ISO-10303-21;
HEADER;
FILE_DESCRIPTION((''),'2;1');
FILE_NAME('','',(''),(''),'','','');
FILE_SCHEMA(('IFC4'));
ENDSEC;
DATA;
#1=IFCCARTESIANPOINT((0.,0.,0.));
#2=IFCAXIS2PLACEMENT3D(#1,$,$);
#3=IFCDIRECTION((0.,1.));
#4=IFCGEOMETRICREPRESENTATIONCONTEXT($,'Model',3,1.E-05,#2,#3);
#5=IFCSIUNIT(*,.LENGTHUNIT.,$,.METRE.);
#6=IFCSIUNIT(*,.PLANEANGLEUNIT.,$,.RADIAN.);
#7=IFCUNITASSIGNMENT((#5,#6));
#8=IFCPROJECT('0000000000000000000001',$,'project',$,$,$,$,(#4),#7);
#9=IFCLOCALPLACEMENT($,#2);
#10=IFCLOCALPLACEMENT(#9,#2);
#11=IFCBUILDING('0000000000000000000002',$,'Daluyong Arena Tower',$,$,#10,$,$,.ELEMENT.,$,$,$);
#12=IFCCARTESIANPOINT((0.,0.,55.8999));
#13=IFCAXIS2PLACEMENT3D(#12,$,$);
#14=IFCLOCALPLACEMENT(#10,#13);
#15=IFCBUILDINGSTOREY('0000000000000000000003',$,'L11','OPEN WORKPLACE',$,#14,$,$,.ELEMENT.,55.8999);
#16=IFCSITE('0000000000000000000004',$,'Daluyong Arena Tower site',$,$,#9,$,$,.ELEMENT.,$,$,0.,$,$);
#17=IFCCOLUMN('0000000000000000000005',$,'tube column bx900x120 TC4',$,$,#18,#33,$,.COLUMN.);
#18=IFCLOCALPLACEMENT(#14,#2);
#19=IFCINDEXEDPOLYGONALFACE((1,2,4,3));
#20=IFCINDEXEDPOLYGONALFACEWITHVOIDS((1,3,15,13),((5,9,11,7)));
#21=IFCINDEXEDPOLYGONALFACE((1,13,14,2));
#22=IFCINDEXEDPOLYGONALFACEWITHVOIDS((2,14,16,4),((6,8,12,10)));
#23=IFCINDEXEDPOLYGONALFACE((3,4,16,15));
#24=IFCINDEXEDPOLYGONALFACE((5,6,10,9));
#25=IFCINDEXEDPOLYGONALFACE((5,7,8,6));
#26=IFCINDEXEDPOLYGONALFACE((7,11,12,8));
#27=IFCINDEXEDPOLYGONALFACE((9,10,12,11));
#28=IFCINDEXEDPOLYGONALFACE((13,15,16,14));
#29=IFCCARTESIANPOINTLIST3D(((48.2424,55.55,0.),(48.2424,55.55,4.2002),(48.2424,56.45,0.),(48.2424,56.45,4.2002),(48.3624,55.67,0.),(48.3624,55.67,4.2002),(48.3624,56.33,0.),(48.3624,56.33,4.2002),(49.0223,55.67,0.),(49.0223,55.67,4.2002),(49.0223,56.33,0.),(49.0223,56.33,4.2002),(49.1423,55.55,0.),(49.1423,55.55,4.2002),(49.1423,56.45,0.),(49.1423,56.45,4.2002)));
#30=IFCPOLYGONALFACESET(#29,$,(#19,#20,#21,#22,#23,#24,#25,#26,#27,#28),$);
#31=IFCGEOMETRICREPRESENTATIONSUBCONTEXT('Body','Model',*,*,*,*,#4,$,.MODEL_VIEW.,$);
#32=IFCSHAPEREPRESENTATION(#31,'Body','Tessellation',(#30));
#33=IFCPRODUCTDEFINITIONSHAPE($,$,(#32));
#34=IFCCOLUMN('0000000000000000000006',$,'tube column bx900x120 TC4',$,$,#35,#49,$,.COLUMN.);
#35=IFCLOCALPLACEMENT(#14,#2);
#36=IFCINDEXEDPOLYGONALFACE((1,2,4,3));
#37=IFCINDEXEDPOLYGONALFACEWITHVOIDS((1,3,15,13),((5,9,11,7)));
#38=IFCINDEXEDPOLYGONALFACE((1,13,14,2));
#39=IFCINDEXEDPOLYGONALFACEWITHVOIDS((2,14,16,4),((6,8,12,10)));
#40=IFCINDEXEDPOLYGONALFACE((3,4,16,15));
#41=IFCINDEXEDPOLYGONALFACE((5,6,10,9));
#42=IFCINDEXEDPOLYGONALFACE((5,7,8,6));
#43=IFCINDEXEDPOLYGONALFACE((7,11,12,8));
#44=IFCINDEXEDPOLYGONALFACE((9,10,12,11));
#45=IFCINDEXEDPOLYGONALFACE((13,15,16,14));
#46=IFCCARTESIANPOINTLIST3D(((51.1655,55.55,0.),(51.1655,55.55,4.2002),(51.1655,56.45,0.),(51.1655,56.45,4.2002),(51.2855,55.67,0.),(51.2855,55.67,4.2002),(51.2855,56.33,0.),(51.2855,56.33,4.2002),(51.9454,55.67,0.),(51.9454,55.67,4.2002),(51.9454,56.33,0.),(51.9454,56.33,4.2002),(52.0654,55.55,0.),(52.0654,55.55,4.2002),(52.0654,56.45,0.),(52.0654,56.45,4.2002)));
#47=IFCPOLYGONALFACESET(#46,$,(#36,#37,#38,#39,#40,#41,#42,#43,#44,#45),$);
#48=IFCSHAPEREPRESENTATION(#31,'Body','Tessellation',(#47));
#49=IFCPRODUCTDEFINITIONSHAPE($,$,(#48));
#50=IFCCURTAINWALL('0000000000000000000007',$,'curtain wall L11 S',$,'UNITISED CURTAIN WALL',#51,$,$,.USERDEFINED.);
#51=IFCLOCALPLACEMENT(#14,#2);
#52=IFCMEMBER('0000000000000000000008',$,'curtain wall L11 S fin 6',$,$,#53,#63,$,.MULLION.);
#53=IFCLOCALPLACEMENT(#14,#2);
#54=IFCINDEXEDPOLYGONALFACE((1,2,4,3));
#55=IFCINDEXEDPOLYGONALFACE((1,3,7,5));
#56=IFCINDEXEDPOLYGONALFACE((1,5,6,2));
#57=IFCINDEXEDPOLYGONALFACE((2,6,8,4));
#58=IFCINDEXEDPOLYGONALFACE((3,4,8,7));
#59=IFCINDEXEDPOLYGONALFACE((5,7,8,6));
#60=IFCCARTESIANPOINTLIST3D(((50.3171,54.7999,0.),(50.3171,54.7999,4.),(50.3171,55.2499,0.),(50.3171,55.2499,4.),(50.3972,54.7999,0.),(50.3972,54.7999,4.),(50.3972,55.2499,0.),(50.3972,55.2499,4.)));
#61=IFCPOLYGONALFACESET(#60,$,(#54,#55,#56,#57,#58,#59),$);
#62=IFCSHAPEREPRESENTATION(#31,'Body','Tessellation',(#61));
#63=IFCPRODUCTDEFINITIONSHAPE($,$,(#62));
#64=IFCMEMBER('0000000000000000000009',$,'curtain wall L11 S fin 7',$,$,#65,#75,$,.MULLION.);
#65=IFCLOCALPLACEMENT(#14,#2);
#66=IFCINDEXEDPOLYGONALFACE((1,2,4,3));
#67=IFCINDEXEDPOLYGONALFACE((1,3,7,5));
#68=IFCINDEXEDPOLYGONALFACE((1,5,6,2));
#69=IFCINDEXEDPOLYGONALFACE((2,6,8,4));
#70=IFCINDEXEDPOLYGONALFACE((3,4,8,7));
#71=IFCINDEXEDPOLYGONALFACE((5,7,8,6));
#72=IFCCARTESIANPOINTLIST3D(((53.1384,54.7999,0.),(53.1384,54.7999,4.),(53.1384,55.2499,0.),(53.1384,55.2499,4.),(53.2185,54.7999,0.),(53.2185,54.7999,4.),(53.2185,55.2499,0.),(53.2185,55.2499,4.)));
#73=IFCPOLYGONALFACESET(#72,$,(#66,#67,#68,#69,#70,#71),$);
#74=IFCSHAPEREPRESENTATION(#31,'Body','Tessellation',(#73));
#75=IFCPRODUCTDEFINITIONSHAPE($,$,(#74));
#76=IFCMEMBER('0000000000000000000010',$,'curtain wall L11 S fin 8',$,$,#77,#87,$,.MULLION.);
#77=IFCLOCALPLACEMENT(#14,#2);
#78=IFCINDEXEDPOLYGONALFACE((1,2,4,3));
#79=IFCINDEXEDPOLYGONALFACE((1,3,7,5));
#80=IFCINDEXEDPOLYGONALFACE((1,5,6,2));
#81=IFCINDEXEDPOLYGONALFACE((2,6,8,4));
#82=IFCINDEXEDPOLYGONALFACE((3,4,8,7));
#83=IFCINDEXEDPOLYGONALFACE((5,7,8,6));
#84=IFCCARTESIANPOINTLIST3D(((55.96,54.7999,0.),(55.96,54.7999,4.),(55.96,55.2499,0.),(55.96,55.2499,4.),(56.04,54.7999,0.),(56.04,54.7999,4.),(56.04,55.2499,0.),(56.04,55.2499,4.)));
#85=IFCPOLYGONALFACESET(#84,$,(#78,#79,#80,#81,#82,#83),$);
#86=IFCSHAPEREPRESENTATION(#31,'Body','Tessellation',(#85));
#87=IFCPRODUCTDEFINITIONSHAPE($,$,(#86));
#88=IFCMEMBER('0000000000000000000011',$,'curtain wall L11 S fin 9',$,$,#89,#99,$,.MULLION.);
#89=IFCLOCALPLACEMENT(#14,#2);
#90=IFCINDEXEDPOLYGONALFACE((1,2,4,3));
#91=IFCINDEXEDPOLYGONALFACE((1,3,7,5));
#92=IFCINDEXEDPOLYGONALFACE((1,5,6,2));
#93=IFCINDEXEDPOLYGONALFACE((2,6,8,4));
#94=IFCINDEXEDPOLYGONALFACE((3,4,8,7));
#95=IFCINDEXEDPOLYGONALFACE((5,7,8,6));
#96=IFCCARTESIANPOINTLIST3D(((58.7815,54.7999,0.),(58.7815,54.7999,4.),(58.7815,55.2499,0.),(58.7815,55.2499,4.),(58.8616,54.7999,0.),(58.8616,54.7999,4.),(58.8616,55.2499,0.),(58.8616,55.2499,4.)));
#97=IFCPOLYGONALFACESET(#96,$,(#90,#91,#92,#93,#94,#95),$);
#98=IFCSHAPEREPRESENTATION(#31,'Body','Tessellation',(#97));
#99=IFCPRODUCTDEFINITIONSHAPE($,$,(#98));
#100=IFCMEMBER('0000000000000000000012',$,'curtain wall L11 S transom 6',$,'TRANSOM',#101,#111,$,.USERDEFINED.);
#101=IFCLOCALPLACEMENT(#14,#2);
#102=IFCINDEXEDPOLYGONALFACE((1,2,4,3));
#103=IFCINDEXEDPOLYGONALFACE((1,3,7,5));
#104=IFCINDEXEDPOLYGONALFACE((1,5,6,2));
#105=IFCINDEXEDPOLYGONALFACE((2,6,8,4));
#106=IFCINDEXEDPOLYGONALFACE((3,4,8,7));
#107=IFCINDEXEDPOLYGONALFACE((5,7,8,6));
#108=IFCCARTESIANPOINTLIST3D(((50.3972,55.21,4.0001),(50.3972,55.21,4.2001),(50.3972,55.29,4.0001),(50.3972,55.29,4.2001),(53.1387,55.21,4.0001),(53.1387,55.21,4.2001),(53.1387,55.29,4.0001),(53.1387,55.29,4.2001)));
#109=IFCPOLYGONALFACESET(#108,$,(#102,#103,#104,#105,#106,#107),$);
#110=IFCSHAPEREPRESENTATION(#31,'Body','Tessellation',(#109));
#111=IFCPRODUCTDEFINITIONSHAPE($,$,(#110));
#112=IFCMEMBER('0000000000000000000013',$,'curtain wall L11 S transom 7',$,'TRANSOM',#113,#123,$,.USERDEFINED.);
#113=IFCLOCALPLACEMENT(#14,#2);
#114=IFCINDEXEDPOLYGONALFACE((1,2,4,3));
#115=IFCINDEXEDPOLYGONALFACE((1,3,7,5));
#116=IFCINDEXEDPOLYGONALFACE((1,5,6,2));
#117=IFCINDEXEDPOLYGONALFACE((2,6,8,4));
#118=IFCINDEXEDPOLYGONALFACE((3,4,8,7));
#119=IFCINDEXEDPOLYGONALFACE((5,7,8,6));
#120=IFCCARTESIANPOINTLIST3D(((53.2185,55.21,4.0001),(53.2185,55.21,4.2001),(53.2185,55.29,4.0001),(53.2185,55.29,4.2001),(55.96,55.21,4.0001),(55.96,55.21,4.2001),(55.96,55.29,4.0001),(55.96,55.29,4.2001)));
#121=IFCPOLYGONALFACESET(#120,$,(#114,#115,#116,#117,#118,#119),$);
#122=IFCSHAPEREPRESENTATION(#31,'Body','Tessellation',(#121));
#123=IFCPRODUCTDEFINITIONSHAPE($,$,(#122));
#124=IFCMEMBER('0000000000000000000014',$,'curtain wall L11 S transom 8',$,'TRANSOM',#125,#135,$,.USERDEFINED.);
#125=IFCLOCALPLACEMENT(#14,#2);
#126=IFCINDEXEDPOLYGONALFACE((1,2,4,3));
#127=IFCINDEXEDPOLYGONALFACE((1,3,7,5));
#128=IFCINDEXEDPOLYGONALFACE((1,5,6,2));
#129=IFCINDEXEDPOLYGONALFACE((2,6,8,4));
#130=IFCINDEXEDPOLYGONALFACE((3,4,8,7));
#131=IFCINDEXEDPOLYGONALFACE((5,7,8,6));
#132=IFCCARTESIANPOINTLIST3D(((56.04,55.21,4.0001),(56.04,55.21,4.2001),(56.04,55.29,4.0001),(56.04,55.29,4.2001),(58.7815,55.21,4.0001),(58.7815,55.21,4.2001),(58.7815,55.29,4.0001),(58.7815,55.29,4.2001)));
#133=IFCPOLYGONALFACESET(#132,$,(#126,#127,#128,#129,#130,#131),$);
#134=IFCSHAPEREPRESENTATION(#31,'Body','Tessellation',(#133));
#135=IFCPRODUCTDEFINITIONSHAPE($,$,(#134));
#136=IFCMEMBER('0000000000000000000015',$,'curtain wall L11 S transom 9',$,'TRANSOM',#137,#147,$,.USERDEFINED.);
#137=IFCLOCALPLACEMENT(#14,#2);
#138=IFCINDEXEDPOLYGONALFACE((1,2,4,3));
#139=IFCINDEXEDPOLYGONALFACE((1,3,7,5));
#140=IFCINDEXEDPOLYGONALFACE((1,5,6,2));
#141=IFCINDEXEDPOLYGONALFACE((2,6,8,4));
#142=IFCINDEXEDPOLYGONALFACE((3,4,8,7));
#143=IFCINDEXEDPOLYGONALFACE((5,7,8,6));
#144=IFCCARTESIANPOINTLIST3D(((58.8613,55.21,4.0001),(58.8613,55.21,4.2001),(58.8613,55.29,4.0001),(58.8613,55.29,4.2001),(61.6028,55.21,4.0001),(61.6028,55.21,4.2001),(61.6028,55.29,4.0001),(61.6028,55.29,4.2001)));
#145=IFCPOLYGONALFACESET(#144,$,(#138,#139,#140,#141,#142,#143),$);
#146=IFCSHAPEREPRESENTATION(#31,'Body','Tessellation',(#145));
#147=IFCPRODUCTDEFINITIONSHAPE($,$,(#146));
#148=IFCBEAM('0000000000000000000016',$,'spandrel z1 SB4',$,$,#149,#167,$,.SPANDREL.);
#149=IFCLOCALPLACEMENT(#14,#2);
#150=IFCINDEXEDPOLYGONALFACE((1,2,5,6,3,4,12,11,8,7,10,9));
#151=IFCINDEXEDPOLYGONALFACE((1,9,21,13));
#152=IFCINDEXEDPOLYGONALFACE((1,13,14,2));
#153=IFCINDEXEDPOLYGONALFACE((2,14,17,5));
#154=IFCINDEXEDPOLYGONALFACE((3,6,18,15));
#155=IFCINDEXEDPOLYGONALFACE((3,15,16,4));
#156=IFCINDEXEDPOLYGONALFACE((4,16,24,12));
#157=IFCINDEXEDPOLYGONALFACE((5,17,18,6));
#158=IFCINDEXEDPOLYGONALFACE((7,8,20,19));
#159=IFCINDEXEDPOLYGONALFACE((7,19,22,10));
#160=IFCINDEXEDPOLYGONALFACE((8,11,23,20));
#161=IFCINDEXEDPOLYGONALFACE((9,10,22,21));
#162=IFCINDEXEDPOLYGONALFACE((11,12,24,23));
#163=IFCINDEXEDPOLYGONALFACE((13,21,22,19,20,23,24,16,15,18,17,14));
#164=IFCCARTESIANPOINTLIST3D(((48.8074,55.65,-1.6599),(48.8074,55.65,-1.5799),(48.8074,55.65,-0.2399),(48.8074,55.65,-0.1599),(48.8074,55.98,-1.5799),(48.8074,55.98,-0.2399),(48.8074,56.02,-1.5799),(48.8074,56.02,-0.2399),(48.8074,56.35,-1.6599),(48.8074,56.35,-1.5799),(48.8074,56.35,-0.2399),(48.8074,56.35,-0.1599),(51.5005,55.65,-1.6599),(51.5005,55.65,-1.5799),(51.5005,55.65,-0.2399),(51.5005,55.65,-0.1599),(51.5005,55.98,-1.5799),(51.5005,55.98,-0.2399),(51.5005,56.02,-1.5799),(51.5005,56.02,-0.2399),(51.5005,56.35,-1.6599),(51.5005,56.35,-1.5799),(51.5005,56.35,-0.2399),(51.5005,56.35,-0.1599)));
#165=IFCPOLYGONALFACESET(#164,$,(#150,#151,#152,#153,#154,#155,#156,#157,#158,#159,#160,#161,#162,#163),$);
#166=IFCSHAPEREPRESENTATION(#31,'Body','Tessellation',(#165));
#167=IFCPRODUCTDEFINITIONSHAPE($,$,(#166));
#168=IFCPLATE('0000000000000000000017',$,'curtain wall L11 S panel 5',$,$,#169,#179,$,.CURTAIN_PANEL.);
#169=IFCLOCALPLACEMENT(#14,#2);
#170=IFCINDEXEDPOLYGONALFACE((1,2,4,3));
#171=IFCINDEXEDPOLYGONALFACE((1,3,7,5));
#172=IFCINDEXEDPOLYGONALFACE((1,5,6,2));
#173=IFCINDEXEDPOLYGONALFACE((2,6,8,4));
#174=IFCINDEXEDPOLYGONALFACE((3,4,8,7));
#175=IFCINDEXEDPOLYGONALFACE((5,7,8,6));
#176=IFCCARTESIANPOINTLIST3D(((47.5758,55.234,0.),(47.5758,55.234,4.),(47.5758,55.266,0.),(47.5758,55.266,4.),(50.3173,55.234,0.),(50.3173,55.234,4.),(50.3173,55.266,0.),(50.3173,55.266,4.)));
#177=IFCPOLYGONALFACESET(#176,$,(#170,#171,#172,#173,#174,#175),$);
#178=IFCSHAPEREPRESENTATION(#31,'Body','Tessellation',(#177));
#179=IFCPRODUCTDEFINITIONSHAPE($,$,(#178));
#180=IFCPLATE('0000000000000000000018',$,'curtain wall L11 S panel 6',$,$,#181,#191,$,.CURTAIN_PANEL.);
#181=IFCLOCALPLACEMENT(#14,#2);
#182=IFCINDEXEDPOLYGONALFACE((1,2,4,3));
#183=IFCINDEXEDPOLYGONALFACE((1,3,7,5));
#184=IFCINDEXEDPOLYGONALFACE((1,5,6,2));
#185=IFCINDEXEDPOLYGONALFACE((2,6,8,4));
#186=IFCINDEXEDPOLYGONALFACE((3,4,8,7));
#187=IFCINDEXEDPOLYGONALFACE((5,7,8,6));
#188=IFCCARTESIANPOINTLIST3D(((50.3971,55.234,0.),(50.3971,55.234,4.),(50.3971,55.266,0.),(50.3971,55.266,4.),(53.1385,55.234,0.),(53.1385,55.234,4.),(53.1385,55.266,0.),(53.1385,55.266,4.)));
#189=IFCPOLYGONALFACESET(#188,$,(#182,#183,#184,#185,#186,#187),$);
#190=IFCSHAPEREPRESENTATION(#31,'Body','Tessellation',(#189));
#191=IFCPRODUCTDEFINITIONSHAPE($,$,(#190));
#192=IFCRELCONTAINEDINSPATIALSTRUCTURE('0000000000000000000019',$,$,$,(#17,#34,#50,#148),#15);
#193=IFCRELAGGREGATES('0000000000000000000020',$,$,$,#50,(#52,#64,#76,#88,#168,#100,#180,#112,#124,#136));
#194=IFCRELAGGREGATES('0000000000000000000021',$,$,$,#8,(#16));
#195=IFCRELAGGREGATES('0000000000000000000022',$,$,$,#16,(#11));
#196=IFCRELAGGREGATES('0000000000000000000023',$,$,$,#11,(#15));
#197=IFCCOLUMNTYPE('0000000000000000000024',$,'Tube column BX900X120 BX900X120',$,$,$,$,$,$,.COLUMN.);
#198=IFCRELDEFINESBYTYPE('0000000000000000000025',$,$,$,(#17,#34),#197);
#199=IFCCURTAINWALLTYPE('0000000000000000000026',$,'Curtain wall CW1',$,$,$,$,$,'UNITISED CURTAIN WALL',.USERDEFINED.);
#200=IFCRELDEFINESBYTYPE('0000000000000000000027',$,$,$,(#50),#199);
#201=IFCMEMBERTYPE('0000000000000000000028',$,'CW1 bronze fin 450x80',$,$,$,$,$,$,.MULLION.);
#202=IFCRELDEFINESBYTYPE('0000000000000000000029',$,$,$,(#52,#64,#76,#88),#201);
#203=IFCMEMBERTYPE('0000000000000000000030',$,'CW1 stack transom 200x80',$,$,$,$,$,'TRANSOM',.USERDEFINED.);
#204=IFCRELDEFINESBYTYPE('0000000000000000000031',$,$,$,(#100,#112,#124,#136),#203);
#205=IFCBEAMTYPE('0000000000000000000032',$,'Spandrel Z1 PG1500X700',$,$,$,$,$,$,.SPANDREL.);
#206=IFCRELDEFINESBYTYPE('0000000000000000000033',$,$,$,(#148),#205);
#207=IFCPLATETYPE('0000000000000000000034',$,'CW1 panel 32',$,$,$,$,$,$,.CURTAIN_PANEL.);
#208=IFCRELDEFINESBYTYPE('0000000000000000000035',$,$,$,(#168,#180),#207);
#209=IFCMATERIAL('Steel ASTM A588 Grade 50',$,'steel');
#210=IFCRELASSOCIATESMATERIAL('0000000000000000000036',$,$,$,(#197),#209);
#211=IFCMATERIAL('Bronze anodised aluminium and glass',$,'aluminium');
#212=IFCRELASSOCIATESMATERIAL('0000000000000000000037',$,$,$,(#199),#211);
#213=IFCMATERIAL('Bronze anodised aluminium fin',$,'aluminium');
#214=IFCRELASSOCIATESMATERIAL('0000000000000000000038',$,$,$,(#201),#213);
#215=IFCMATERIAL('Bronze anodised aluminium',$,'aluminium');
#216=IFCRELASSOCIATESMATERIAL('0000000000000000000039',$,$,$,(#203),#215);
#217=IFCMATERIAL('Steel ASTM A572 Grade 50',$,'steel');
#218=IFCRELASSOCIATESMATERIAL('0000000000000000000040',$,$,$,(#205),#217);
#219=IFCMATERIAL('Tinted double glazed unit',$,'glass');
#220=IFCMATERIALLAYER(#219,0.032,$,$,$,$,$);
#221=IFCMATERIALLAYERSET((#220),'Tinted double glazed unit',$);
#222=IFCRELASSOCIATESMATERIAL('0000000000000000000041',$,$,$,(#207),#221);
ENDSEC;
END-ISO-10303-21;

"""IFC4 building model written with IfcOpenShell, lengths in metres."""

from ifc_helpers import new_model, si_unit, direction, frame, origin, origin_2d, place, context, subcontext, project, spatial, rectangle, hollow_rectangle, i_section, extrude, material, layer, layer_set, material_profile, profile_set, type_object, element, aggregate, save


model = new_model("IFC4")

# Units and contexts
model_context = context("Model", 3, precision=1e-05, world=origin(), true_north=direction((0.0, 1.0)))
body_context = subcontext(model_context, "Body", "Model", "MODEL_VIEW")
ifc_project = project(units=[si_unit("LENGTHUNIT", "METRE"), si_unit("PLANEANGLEUNIT", "RADIAN")], contexts=[model_context])

# Site, building, storey
site_placement = place(None, origin())
site = spatial("IfcSite", under=ifc_project, at=site_placement, Name="Daluyong Arena Tower site", CompositionType="ELEMENT", RefElevation=0.0)
building_placement = place(site_placement, origin())
building = spatial("IfcBuilding", under=site, at=building_placement, Name="Daluyong Arena Tower", CompositionType="ELEMENT")
storey_placement = place(building_placement, frame((0.0, 0.0, 55.8999)))
storey = spatial("IfcBuildingStorey", under=building, at=storey_placement, Name="L11", Description="OPEN WORKPLACE", CompositionType="ELEMENT", Elevation=55.8999)

# Columns
ifc_material_1 = material(Name="Steel ASTM A588 Grade 50", Category="steel")
ifc_material_profile_1 = material_profile(ifc_material_1, hollow_rectangle(XDim=0.8999, YDim=0.8999, WallThickness=0.12, at=origin_2d()))
ifc_profile_set_1 = profile_set([ifc_material_profile_1], Name="Steel ASTM A588 Grade 50")
column_type = type_object("IfcColumnType", Name="Tube column BX900X120 BX900X120", PredefinedType="COLUMN", material=ifc_profile_set_1)
for number, where, z_axis, x_axis, name in (
    (1, (48.6924, 56.0, 0.0), (0.0, 0.0, 1.0), (1.0, 0.0, 0.0), "tube column bx900x120 TC4"),
    (2, (51.6155, 56.0, 0.0), (0.0, 0.0, 1.0), (1.0, 0.0, 0.0), "tube column bx900x120 TC4"),
):
    element("IfcColumn", number, at=place(storey_placement, frame(where, z_axis=z_axis, x_axis=x_axis)), inside=storey, type_object=column_type, Name=name, PredefinedType="COLUMN", context=body_context, shape_type="SweptSolid", body=[
        extrude(hollow_rectangle(XDim=0.8999, YDim=0.8999, WallThickness=0.12, at=origin_2d()), origin(), (0.0, 0.0, 1.0), 4.2002),
    ])

# Curtain wall, members
ifc_material_2 = material(Name="Bronze anodised aluminium and glass", Category="aluminium")
curtain_wall_type = type_object("IfcCurtainWallType", Name="Curtain wall CW1", ElementType="UNITISED CURTAIN WALL", PredefinedType="USERDEFINED", material=ifc_material_2)
curtain_wall_placement = place(storey_placement, origin())
curtain_wall = element("IfcCurtainWall", 3, at=curtain_wall_placement, inside=storey, type_object=curtain_wall_type, Name="curtain wall L11 S", ObjectType="UNITISED CURTAIN WALL", PredefinedType="USERDEFINED")
ifc_material_3 = material(Name="Bronze anodised aluminium fin", Category="aluminium")
ifc_material_profile_2 = material_profile(ifc_material_3, rectangle(XDim=0.45, YDim=0.0801, at=origin_2d()))
ifc_profile_set_2 = profile_set([ifc_material_profile_2], Name="Bronze anodised aluminium fin")
member_type_1 = type_object("IfcMemberType", Name="CW1 bronze fin 450x80", PredefinedType="MULLION", material=ifc_profile_set_2)
member_1_placement = place(storey_placement, frame((50.3572, 55.0249, 0.0), z_axis=(0.0, 0.0, 1.0), x_axis=(0.0, 1.0, 0.0)))
member_1 = element("IfcMember", 4, at=member_1_placement, type_object=member_type_1, Name="curtain wall L11 S fin 6", PredefinedType="MULLION", context=body_context, shape_type="SweptSolid", body=[
    extrude(rectangle(XDim=0.45, YDim=0.0801, at=origin_2d()), origin(), (0.0, 0.0, 1.0), 4.0),
])
member_2_placement = place(storey_placement, frame((53.1785, 55.0249, 0.0), z_axis=(0.0, 0.0, 1.0), x_axis=(0.0, 1.0, 0.0)))
member_2 = element("IfcMember", 5, at=member_2_placement, type_object=member_type_1, Name="curtain wall L11 S fin 7", PredefinedType="MULLION", context=body_context, shape_type="SweptSolid", body=[
    extrude(rectangle(XDim=0.45, YDim=0.0801, at=origin_2d()), origin(), (0.0, 0.0, 1.0), 4.0),
])
member_3_placement = place(storey_placement, frame((56.0, 55.0249, 0.0), z_axis=(0.0, 0.0, 1.0), x_axis=(0.0, 1.0, 0.0)))
member_3 = element("IfcMember", 6, at=member_3_placement, type_object=member_type_1, Name="curtain wall L11 S fin 8", PredefinedType="MULLION", context=body_context, shape_type="SweptSolid", body=[
    extrude(rectangle(XDim=0.45, YDim=0.0801, at=origin_2d()), origin(), (0.0, 0.0, 1.0), 4.0),
])
member_4_placement = place(storey_placement, frame((58.8215, 55.0249, 0.0), z_axis=(0.0, 0.0, 1.0), x_axis=(0.0, 1.0, 0.0)))
member_4 = element("IfcMember", 7, at=member_4_placement, type_object=member_type_1, Name="curtain wall L11 S fin 9", PredefinedType="MULLION", context=body_context, shape_type="SweptSolid", body=[
    extrude(rectangle(XDim=0.45, YDim=0.0801, at=origin_2d()), origin(), (0.0, 0.0, 1.0), 4.0),
])
ifc_material_4 = material(Name="Bronze anodised aluminium", Category="aluminium")
ifc_material_profile_3 = material_profile(ifc_material_4, rectangle(XDim=0.0801, YDim=0.2, at=origin_2d()))
ifc_profile_set_3 = profile_set([ifc_material_profile_3], Name="Bronze anodised aluminium")
member_type_2 = type_object("IfcMemberType", Name="CW1 stack transom 200x80", ElementType="TRANSOM", PredefinedType="USERDEFINED", material=ifc_profile_set_3)
member_5_placement = place(storey_placement, frame((50.3972, 55.25, 4.1001), z_axis=(1.0, 0.0, 0.0), x_axis=(0.0, 1.0, 0.0)))
member_5 = element("IfcMember", 8, at=member_5_placement, type_object=member_type_2, Name="curtain wall L11 S transom 6", ObjectType="TRANSOM", PredefinedType="USERDEFINED", context=body_context, shape_type="SweptSolid", body=[
    extrude(rectangle(XDim=0.0801, YDim=0.2, at=origin_2d()), origin(), (0.0, 0.0, 1.0), 2.7415),
])
member_6_placement = place(storey_placement, frame((53.2185, 55.25, 4.1001), z_axis=(1.0, 0.0, 0.0), x_axis=(0.0, 1.0, 0.0)))
member_6 = element("IfcMember", 9, at=member_6_placement, type_object=member_type_2, Name="curtain wall L11 S transom 7", ObjectType="TRANSOM", PredefinedType="USERDEFINED", context=body_context, shape_type="SweptSolid", body=[
    extrude(rectangle(XDim=0.0801, YDim=0.2, at=origin_2d()), origin(), (0.0, 0.0, 1.0), 2.7415),
])
member_7_placement = place(storey_placement, frame((56.04, 55.25, 4.1001), z_axis=(1.0, 0.0, 0.0), x_axis=(0.0, 1.0, 0.0)))
member_7 = element("IfcMember", 10, at=member_7_placement, type_object=member_type_2, Name="curtain wall L11 S transom 8", ObjectType="TRANSOM", PredefinedType="USERDEFINED", context=body_context, shape_type="SweptSolid", body=[
    extrude(rectangle(XDim=0.0801, YDim=0.2, at=origin_2d()), origin(), (0.0, 0.0, 1.0), 2.7415),
])
member_8_placement = place(storey_placement, frame((58.8613, 55.25, 4.1001), z_axis=(1.0, 0.0, 0.0), x_axis=(0.0, 1.0, 0.0)))
member_8 = element("IfcMember", 11, at=member_8_placement, type_object=member_type_2, Name="curtain wall L11 S transom 9", ObjectType="TRANSOM", PredefinedType="USERDEFINED", context=body_context, shape_type="SweptSolid", body=[
    extrude(rectangle(XDim=0.0801, YDim=0.2, at=origin_2d()), origin(), (0.0, 0.0, 1.0), 2.7415),
])

# Beam
ifc_material_5 = material(Name="Steel ASTM A572 Grade 50", Category="steel")
ifc_material_profile_4 = material_profile(ifc_material_5, i_section(OverallWidth=0.7, OverallDepth=1.5, WebThickness=0.04, FlangeThickness=0.08, at=origin_2d()))
ifc_profile_set_4 = profile_set([ifc_material_profile_4], Name="Steel ASTM A572 Grade 50")
beam_type = type_object("IfcBeamType", Name="Spandrel Z1 PG1500X700", PredefinedType="SPANDREL", material=ifc_profile_set_4)
beam_placement = place(storey_placement, frame((48.8074, 56.0, -0.9099), z_axis=(1.0, 0.0, 0.0), x_axis=(0.0, 1.0, 0.0)))
element("IfcBeam", 12, at=beam_placement, inside=storey, type_object=beam_type, Name="spandrel z1 SB4", PredefinedType="SPANDREL", context=body_context, shape_type="SweptSolid", body=[
    extrude(i_section(OverallWidth=0.7, OverallDepth=1.5, WebThickness=0.04, FlangeThickness=0.08, at=origin_2d()), origin(), (0.0, 0.0, 1.0), 2.6931),
])

# Plates
ifc_material_6 = material(Name="Tinted double glazed unit", Category="glass")
ifc_layer = layer(ifc_material_6, 0.032)
ifc_layer_set = layer_set([ifc_layer], Name="Tinted double glazed unit")
plate_type = type_object("IfcPlateType", Name="CW1 panel 32", PredefinedType="CURTAIN_PANEL", material=ifc_layer_set)
plate_1_placement = place(storey_placement, frame((48.9465, 55.25, 0.0), z_axis=(0.0, 0.0, 1.0), x_axis=(1.0, 0.0, 0.0)))
plate_1 = element("IfcPlate", 13, at=plate_1_placement, type_object=plate_type, Name="curtain wall L11 S panel 5", PredefinedType="CURTAIN_PANEL", context=body_context, shape_type="SweptSolid", body=[
    extrude(rectangle(XDim=2.7415, YDim=0.032, at=origin_2d()), origin(), (0.0, 0.0, 1.0), 4.0),
])
plate_2_placement = place(storey_placement, frame((51.7678, 55.25, 0.0), z_axis=(0.0, 0.0, 1.0), x_axis=(1.0, 0.0, 0.0)))
plate_2 = element("IfcPlate", 14, at=plate_2_placement, type_object=plate_type, Name="curtain wall L11 S panel 6", PredefinedType="CURTAIN_PANEL", context=body_context, shape_type="SweptSolid", body=[
    extrude(rectangle(XDim=2.7415, YDim=0.032, at=origin_2d()), origin(), (0.0, 0.0, 1.0), 4.0),
])
aggregate(curtain_wall, [member_1, member_2, member_3, member_4, plate_1, member_5, plate_2, member_6, member_7, member_8])

save(model, "model.ifc")
